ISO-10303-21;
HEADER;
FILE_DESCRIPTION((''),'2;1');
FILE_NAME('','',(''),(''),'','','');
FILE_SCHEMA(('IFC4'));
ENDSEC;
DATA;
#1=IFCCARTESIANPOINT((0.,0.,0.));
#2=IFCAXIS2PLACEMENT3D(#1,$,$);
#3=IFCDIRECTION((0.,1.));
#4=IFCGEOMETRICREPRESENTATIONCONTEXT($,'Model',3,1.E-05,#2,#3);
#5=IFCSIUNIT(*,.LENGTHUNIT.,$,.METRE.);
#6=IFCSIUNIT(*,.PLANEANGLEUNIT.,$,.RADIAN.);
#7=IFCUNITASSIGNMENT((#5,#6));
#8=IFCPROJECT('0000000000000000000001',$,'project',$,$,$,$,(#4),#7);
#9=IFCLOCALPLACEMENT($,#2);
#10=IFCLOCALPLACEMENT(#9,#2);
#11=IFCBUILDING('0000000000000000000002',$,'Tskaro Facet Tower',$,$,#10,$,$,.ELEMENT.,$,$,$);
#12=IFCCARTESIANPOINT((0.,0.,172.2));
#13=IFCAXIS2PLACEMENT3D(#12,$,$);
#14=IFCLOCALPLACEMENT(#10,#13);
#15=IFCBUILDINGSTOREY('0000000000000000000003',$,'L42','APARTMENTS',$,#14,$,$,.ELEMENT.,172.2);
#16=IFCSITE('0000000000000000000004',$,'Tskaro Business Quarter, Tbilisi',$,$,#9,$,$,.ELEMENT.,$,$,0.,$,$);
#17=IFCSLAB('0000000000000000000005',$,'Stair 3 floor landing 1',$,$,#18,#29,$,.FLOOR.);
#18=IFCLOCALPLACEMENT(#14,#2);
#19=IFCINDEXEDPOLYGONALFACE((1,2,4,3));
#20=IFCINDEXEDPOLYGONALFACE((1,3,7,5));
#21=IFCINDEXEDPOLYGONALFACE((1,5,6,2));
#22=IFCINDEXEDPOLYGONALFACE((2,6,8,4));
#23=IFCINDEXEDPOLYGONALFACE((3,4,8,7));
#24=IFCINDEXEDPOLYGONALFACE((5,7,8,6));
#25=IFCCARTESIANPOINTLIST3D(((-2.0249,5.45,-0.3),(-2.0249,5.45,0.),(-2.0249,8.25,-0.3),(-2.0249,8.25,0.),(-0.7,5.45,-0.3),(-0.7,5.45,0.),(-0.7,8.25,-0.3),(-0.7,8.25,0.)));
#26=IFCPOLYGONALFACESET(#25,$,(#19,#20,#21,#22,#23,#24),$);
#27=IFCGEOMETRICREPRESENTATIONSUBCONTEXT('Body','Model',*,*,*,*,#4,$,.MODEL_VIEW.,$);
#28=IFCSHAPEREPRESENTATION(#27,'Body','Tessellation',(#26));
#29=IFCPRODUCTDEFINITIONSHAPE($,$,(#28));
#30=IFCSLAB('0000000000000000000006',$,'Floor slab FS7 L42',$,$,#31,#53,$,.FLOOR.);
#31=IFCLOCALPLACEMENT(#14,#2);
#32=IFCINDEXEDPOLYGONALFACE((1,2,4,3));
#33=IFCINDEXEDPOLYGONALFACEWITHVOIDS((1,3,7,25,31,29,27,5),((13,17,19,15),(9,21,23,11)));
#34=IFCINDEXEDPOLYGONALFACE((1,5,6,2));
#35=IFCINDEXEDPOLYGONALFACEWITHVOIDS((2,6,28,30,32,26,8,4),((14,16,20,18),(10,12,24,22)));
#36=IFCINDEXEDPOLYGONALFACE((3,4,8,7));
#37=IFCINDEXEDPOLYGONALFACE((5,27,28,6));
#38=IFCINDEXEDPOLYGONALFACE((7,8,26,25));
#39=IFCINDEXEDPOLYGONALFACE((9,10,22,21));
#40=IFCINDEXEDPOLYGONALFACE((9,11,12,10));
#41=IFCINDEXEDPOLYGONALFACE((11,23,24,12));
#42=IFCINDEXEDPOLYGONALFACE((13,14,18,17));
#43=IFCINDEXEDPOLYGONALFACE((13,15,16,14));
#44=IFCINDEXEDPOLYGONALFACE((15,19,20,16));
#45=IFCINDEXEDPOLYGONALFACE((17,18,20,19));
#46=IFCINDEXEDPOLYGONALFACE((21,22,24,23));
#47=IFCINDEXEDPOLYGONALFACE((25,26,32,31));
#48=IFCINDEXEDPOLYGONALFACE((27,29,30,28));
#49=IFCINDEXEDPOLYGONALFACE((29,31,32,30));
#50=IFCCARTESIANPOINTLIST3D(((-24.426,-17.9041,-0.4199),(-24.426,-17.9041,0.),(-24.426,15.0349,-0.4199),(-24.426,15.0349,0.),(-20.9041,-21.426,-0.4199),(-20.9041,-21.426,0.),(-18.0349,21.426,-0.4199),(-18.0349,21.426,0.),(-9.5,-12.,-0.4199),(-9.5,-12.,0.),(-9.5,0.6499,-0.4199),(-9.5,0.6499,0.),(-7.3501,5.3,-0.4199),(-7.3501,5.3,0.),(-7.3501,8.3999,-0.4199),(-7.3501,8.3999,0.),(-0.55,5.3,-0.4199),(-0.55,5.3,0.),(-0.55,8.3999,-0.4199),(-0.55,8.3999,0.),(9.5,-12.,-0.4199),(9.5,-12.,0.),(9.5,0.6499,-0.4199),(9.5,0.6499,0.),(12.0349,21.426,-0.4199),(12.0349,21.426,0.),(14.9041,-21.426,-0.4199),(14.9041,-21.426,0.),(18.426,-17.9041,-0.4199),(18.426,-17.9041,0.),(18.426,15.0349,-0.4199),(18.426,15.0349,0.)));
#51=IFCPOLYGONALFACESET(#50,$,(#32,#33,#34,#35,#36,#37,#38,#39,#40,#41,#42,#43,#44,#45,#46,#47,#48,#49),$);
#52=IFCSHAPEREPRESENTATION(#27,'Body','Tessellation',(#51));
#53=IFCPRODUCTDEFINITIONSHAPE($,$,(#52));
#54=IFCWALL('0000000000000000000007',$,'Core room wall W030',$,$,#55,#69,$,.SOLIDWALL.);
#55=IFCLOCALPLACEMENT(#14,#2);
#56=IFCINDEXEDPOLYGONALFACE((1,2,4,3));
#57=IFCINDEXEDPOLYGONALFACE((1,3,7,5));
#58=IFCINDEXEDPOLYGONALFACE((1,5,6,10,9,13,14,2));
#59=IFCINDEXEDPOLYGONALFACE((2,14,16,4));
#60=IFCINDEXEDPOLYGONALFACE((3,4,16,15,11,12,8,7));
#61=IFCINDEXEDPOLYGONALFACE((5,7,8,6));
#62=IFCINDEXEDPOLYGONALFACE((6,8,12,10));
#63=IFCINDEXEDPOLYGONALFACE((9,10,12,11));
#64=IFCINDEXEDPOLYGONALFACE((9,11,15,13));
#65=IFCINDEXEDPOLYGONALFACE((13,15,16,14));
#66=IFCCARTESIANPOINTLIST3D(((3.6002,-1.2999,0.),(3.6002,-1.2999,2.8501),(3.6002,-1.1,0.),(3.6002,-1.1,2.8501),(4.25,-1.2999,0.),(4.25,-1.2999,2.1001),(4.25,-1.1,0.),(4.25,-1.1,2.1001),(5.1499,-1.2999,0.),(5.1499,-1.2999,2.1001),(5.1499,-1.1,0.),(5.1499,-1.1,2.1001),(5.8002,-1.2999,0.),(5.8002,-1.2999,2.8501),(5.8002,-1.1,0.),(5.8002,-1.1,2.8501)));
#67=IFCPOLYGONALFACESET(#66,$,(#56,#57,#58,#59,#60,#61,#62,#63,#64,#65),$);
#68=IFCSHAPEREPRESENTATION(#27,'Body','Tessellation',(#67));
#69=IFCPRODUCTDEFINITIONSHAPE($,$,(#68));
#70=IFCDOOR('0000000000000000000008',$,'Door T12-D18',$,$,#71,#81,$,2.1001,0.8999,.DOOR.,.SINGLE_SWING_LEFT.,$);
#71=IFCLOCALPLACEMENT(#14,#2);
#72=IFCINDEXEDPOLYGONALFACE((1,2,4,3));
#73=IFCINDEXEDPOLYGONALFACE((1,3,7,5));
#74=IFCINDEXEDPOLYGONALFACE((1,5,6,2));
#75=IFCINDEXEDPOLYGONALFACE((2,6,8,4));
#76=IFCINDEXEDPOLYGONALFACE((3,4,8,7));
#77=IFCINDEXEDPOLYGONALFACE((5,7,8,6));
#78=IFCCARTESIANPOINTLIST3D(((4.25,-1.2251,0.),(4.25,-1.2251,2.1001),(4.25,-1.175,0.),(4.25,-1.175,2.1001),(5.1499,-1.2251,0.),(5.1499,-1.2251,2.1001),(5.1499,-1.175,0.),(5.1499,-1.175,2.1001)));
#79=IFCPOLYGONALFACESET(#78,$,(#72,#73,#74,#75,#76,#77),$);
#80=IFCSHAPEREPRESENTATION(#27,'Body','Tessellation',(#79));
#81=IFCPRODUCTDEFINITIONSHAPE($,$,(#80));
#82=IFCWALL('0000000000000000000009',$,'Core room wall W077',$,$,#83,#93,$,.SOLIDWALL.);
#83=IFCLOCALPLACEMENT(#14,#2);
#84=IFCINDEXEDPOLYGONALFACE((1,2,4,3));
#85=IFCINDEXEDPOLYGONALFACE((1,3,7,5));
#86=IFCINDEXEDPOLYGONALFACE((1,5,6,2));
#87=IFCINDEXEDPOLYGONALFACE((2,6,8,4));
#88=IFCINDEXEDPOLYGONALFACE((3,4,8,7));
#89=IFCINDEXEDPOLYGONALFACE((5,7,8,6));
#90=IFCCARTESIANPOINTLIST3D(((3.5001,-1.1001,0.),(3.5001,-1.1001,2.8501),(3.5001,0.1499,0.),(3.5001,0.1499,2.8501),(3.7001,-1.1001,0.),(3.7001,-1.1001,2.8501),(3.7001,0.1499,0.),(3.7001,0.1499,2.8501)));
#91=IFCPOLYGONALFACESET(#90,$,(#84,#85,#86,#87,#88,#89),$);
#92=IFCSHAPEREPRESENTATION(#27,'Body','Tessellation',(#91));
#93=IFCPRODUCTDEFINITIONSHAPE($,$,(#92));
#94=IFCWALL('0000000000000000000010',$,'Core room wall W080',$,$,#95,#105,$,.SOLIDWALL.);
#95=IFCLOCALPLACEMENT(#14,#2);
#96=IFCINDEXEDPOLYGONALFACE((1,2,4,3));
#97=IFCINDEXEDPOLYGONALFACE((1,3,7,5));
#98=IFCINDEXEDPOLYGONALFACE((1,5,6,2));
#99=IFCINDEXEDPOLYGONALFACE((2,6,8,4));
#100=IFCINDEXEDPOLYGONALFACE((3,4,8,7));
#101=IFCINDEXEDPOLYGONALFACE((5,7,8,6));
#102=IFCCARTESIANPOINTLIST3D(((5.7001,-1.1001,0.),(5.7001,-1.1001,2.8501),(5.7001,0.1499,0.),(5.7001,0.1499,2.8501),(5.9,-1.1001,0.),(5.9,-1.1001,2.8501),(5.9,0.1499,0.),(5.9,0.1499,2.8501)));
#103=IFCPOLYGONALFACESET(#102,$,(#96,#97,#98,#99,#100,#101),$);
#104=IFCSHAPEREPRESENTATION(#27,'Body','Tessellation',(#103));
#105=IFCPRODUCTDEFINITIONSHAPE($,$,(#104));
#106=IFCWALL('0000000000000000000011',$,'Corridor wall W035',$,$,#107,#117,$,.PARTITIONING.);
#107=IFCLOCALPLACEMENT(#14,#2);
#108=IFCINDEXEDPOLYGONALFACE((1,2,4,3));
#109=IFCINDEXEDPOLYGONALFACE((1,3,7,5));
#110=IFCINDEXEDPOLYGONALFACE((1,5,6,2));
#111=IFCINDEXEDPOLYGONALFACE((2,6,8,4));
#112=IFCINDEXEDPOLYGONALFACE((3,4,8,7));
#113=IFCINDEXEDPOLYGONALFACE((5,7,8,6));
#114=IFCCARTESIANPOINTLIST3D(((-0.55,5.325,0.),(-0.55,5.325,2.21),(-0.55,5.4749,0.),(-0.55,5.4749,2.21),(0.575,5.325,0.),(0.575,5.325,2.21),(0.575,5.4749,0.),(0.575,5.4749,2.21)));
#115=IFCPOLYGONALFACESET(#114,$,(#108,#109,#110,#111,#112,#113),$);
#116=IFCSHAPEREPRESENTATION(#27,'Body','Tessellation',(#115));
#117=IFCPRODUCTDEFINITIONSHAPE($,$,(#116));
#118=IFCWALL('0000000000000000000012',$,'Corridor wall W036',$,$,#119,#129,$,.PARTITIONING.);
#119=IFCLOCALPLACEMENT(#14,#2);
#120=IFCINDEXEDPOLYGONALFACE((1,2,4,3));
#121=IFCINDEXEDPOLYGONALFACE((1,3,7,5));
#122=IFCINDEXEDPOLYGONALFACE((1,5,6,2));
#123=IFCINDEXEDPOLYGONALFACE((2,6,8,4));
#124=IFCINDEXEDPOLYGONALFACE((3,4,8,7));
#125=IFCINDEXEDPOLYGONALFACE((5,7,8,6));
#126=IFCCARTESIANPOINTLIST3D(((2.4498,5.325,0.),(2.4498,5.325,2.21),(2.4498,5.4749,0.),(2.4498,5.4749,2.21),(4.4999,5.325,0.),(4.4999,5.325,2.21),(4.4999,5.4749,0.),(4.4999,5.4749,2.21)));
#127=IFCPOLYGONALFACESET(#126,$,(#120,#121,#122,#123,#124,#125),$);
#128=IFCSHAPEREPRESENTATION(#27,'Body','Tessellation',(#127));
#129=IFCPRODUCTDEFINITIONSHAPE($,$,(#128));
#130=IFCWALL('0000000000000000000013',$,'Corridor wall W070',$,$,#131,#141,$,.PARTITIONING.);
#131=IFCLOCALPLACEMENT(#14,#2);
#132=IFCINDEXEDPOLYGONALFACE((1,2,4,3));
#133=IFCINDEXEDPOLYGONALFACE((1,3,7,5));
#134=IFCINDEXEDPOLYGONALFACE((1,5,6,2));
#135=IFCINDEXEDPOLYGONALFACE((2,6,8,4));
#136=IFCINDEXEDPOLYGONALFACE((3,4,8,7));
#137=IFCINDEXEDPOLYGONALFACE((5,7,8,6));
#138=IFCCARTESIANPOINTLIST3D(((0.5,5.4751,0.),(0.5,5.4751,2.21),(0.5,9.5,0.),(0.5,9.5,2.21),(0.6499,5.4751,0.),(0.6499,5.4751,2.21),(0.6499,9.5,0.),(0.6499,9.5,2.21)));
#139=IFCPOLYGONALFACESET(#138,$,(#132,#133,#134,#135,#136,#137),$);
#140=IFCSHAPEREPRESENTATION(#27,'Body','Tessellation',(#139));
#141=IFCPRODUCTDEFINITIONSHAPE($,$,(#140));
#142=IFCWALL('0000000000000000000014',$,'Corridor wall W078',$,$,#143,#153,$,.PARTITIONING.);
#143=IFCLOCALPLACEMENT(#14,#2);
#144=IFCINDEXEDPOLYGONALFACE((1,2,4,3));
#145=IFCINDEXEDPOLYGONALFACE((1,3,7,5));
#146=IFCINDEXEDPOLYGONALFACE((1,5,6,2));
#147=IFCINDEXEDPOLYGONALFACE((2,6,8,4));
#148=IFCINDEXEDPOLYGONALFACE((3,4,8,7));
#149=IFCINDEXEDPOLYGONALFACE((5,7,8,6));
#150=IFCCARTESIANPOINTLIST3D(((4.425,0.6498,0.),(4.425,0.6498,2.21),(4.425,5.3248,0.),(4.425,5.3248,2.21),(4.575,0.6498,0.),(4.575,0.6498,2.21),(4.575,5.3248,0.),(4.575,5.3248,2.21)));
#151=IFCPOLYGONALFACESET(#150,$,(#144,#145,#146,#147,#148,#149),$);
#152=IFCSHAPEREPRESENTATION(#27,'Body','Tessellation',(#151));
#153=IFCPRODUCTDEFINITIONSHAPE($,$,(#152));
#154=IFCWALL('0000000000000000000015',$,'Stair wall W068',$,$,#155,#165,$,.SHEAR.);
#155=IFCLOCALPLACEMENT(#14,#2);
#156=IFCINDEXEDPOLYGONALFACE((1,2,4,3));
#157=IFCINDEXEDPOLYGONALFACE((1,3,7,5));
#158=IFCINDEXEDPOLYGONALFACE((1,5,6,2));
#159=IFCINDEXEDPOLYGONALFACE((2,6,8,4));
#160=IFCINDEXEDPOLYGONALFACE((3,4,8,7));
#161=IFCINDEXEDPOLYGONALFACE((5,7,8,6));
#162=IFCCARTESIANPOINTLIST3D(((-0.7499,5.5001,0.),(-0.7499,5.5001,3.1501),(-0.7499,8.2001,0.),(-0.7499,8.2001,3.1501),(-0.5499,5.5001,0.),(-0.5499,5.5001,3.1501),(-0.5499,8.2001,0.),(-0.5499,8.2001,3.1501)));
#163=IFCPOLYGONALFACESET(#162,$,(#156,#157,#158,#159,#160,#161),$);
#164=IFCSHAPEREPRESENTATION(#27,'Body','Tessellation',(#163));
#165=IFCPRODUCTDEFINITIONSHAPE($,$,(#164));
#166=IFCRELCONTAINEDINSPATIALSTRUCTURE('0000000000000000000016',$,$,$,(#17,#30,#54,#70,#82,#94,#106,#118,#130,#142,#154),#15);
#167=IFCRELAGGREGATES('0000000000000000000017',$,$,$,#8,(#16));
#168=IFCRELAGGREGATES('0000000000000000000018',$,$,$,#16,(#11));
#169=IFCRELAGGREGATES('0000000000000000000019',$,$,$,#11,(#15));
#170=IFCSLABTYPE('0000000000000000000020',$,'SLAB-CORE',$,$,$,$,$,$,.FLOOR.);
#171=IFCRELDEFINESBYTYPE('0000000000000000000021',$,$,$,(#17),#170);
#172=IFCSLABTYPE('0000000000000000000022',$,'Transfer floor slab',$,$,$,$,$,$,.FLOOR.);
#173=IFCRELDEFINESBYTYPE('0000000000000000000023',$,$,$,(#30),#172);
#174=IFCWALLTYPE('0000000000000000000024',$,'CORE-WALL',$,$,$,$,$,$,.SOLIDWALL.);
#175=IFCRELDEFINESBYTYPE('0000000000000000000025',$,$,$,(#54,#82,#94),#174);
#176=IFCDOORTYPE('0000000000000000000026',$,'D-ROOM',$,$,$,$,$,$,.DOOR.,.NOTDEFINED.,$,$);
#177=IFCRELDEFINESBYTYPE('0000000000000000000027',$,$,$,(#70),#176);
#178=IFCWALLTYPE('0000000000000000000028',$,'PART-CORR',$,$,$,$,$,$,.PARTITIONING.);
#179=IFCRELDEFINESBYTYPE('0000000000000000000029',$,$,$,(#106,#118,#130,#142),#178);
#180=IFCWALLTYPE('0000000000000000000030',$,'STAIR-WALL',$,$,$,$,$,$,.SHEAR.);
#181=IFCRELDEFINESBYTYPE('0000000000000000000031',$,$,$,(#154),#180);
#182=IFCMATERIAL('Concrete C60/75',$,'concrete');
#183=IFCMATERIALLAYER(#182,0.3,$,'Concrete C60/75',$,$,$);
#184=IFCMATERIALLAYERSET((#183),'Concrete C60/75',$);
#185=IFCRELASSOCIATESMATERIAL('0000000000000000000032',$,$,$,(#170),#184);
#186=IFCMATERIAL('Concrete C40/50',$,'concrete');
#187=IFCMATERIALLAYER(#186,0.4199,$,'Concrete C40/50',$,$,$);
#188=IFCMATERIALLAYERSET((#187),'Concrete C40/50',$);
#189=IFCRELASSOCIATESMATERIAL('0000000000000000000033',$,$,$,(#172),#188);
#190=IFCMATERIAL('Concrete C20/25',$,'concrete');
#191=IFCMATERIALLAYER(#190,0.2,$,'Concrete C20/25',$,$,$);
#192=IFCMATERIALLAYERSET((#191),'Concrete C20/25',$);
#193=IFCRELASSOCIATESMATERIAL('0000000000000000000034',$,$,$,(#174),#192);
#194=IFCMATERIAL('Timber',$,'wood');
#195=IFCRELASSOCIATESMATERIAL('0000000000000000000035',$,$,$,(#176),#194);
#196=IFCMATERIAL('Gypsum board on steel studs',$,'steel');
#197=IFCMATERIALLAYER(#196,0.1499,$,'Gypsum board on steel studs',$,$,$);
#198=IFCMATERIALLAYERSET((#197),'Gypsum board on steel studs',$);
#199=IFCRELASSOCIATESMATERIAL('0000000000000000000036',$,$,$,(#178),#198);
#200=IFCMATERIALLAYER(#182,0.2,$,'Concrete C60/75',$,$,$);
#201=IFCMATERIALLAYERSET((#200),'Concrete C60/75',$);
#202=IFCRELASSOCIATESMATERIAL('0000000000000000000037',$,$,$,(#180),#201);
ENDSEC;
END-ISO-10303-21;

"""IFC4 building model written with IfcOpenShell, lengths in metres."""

from ifc_helpers import new_model, si_unit, direction, frame, frame_2d, origin, place, context, subcontext, project, spatial, polyline, rectangle, outline, extrude, material, layer, layer_set, type_object, element, fill, save


model = new_model("IFC4")

# Units and contexts
model_context = context("Model", 3, precision=1e-05, world=origin(), true_north=direction((0.0, 1.0)))
body_context = subcontext(model_context, "Body", "Model", "MODEL_VIEW")
ifc_project = project(units=[si_unit("LENGTHUNIT", "METRE"), si_unit("PLANEANGLEUNIT", "RADIAN")], contexts=[model_context])

# Site, building, storey
site_placement = place(None, origin())
site = spatial("IfcSite", under=ifc_project, at=site_placement, Name="Tskaro Business Quarter, Tbilisi", CompositionType="ELEMENT", RefElevation=0.0)
building_placement = place(site_placement, origin())
building = spatial("IfcBuilding", under=site, at=building_placement, Name="Tskaro Facet Tower", CompositionType="ELEMENT")
storey_placement = place(building_placement, frame((0.0, 0.0, 172.2)))
storey = spatial("IfcBuildingStorey", under=building, at=storey_placement, Name="L42", Description="APARTMENTS", CompositionType="ELEMENT", Elevation=172.2)

# Shared definitions
ifc_material_1 = material(Name="Concrete C40/50", Category="concrete")

# Slabs
ifc_material_2 = material(Name="Concrete C60/75", Category="concrete")
ifc_layer_1 = layer(ifc_material_2, 0.3, Name="Concrete C60/75")
ifc_layer_set_1 = layer_set([ifc_layer_1], Name="Concrete C60/75")
slab_type_1 = type_object("IfcSlabType", Name="SLAB-CORE", PredefinedType="FLOOR", material=ifc_layer_set_1)
slab_1_placement = place(storey_placement, frame((0.0, 0.0, -0.3)))
element("IfcSlab", 1, at=slab_1_placement, inside=storey, type_object=slab_type_1, Name="Stair 3 floor landing 1", PredefinedType="FLOOR", context=body_context, shape_type="SweptSolid", body=[
    extrude(outline(polyline([(-2.0249, 5.45), (-0.7, 5.45), (-0.7, 8.25), (-2.0249, 8.25), (-2.0249, 5.45)])), origin(), (0.0, 0.0, 1.0), 0.3),
])
ifc_layer_2 = layer(ifc_material_1, 0.4199, Name="Concrete C40/50")
ifc_layer_set_2 = layer_set([ifc_layer_2], Name="Concrete C40/50")
slab_type_2 = type_object("IfcSlabType", Name="Transfer floor slab", PredefinedType="FLOOR", material=ifc_layer_set_2)
slab_2_placement = place(storey_placement, frame((0.0, 0.0, -0.4199)))
element("IfcSlab", 2, at=slab_2_placement, inside=storey, type_object=slab_type_2, Name="Floor slab FS7 L42", PredefinedType="FLOOR", context=body_context, shape_type="SweptSolid", body=[
    extrude(outline(polyline([(-20.9041, -21.426), (14.9041, -21.426), (18.426, -17.9041), (18.426, 15.0349), (12.0349, 21.426), (-18.0349, 21.426), (-24.426, 15.0349), (-24.426, -17.9041), (-20.9041, -21.426)]), holes=[polyline([(-9.5, -12.0), (9.5, -12.0), (9.5, 0.6499), (-9.5, 0.6499), (-9.5, -12.0)]), polyline([(-7.3501, 5.3), (-0.55, 5.3), (-0.55, 8.3999), (-7.3501, 8.3999), (-7.3501, 5.3)])]), origin(), (0.0, 0.0, 1.0), 0.4199),
])

# Wall, opening, door
ifc_material_3 = material(Name="Concrete C20/25", Category="concrete")
ifc_layer_3 = layer(ifc_material_3, 0.2, Name="Concrete C20/25")
ifc_layer_set_3 = layer_set([ifc_layer_3], Name="Concrete C20/25")
wall_type_1 = type_object("IfcWallType", Name="CORE-WALL", PredefinedType="SOLIDWALL", material=ifc_layer_set_3)
wall_1_placement = place(storey_placement, frame((3.6001, -1.2, 0.0), z_axis=(0.0, 0.0, 1.0), x_axis=(1.0, 0.0, 0.0)))
wall_1 = element("IfcWall", 3, at=wall_1_placement, inside=storey, type_object=wall_type_1, Name="Core room wall W030", PredefinedType="SOLIDWALL", context=body_context, shape_type="SweptSolid", body=[
    extrude(rectangle(XDim=2.2, YDim=0.2, at=frame_2d((1.1001, 0.0))), origin(), (0.0, 0.0, 1.0), 2.8501),
])
opening_1_placement = place(wall_1_placement, frame((0.6499, 0.0, 0.0)))
opening_1 = element("IfcOpeningElement", 4, at=opening_1_placement, cuts=wall_1, PredefinedType="OPENING", context=body_context, shape_type="SweptSolid", body=[
    extrude(rectangle(XDim=0.8999, YDim=2.1001, at=frame_2d((0.45, 1.05))), frame((0.0, 0.1099, 0.0), z_axis=(0.0, -1.0, 0.0), x_axis=(1.0, 0.0, 0.0)), (0.0, 0.0, 1.0), 0.22),
])
ifc_material_4 = material(Name="Timber", Category="wood")
door_type = type_object("IfcDoorType", Name="D-ROOM", OperationType="NOTDEFINED", PredefinedType="DOOR", material=ifc_material_4)
door_placement = place(opening_1_placement, origin())
door = element("IfcDoor", 5, at=door_placement, inside=storey, type_object=door_type, Name="Door T12-D18", OperationType="SINGLE_SWING_LEFT", OverallHeight=2.1001, OverallWidth=0.8999, PredefinedType="DOOR", context=body_context, shape_type="SweptSolid", body=[
    extrude(rectangle(XDim=0.8999, YDim=2.1001, at=frame_2d((0.45, 1.05))), frame((0.0, 0.0249, 0.0), z_axis=(0.0, -1.0, 0.0), x_axis=(1.0, 0.0, 0.0)), (0.0, 0.0, 1.0), 0.05),
])
fill(opening_1, door)

# Walls
for number, where, z_axis, x_axis, name in (
    (6, (3.6001, -1.1001, 0.0), (0.0, 0.0, 1.0), (0.0, 1.0, 0.0), "Core room wall W077"),
    (7, (5.8, -1.1001, 0.0), (0.0, 0.0, 1.0), (0.0, 1.0, 0.0), "Core room wall W080"),
):
    element("IfcWall", number, at=place(storey_placement, frame(where, z_axis=z_axis, x_axis=x_axis)), inside=storey, type_object=wall_type_1, Name=name, PredefinedType="SOLIDWALL", context=body_context, shape_type="SweptSolid", body=[
        extrude(rectangle(XDim=1.25, YDim=0.2, at=frame_2d((0.625, 0.0))), origin(), (0.0, 0.0, 1.0), 2.8501),
    ])
ifc_material_5 = material(Name="Gypsum board on steel studs", Category="steel")
ifc_layer_4 = layer(ifc_material_5, 0.1499, Name="Gypsum board on steel studs")
ifc_layer_set_4 = layer_set([ifc_layer_4], Name="Gypsum board on steel studs")
wall_type_2 = type_object("IfcWallType", Name="PART-CORR", PredefinedType="PARTITIONING", material=ifc_layer_set_4)
wall_2_placement = place(storey_placement, frame((-0.55, 5.3999, 0.0), z_axis=(0.0, 0.0, 1.0), x_axis=(1.0, 0.0, 0.0)))
element("IfcWall", 8, at=wall_2_placement, inside=storey, type_object=wall_type_2, Name="Corridor wall W035", PredefinedType="PARTITIONING", context=body_context, shape_type="SweptSolid", body=[
    extrude(rectangle(XDim=1.125, YDim=0.1499, at=frame_2d((0.5625, 0.0))), origin(), (0.0, 0.0, 1.0), 2.21),
])
wall_3_placement = place(storey_placement, frame((2.45, 5.3999, 0.0), z_axis=(0.0, 0.0, 1.0), x_axis=(1.0, 0.0, 0.0)))
element("IfcWall", 9, at=wall_3_placement, inside=storey, type_object=wall_type_2, Name="Corridor wall W036", PredefinedType="PARTITIONING", context=body_context, shape_type="SweptSolid", body=[
    extrude(rectangle(XDim=2.05, YDim=0.1499, at=frame_2d((1.0249, 0.0))), origin(), (0.0, 0.0, 1.0), 2.21),
])
wall_4_placement = place(storey_placement, frame((0.575, 5.4751, 0.0), z_axis=(0.0, 0.0, 1.0), x_axis=(0.0, 1.0, 0.0)))
element("IfcWall", 10, at=wall_4_placement, inside=storey, type_object=wall_type_2, Name="Corridor wall W070", PredefinedType="PARTITIONING", context=body_context, shape_type="SweptSolid", body=[
    extrude(rectangle(XDim=4.0249, YDim=0.1499, at=frame_2d((2.0125, 0.0))), origin(), (0.0, 0.0, 1.0), 2.21),
])
wall_5_placement = place(storey_placement, frame((4.5, 0.6499, 0.0), z_axis=(0.0, 0.0, 1.0), x_axis=(0.0, 1.0, 0.0)))
element("IfcWall", 11, at=wall_5_placement, inside=storey, type_object=wall_type_2, Name="Corridor wall W078", PredefinedType="PARTITIONING", context=body_context, shape_type="SweptSolid", body=[
    extrude(rectangle(XDim=4.675, YDim=0.1499, at=frame_2d((2.3374, 0.0))), origin(), (0.0, 0.0, 1.0), 2.21),
])
ifc_layer_5 = layer(ifc_material_2, 0.2, Name="Concrete C60/75")
ifc_layer_set_5 = layer_set([ifc_layer_5], Name="Concrete C60/75")
wall_type_3 = type_object("IfcWallType", Name="STAIR-WALL", PredefinedType="SHEAR", material=ifc_layer_set_5)
wall_6_placement = place(storey_placement, frame((-0.6499, 5.5, 0.0), z_axis=(0.0, 0.0, 1.0), x_axis=(0.0, 1.0, 0.0)))
element("IfcWall", 12, at=wall_6_placement, inside=storey, type_object=wall_type_3, Name="Stair wall W068", PredefinedType="SHEAR", context=body_context, shape_type="SweptSolid", body=[
    extrude(rectangle(XDim=2.7, YDim=0.2, at=frame_2d((1.3501, 0.0))), origin(), (0.0, 0.0, 1.0), 3.1501),
])

save(model, "model.ifc")
